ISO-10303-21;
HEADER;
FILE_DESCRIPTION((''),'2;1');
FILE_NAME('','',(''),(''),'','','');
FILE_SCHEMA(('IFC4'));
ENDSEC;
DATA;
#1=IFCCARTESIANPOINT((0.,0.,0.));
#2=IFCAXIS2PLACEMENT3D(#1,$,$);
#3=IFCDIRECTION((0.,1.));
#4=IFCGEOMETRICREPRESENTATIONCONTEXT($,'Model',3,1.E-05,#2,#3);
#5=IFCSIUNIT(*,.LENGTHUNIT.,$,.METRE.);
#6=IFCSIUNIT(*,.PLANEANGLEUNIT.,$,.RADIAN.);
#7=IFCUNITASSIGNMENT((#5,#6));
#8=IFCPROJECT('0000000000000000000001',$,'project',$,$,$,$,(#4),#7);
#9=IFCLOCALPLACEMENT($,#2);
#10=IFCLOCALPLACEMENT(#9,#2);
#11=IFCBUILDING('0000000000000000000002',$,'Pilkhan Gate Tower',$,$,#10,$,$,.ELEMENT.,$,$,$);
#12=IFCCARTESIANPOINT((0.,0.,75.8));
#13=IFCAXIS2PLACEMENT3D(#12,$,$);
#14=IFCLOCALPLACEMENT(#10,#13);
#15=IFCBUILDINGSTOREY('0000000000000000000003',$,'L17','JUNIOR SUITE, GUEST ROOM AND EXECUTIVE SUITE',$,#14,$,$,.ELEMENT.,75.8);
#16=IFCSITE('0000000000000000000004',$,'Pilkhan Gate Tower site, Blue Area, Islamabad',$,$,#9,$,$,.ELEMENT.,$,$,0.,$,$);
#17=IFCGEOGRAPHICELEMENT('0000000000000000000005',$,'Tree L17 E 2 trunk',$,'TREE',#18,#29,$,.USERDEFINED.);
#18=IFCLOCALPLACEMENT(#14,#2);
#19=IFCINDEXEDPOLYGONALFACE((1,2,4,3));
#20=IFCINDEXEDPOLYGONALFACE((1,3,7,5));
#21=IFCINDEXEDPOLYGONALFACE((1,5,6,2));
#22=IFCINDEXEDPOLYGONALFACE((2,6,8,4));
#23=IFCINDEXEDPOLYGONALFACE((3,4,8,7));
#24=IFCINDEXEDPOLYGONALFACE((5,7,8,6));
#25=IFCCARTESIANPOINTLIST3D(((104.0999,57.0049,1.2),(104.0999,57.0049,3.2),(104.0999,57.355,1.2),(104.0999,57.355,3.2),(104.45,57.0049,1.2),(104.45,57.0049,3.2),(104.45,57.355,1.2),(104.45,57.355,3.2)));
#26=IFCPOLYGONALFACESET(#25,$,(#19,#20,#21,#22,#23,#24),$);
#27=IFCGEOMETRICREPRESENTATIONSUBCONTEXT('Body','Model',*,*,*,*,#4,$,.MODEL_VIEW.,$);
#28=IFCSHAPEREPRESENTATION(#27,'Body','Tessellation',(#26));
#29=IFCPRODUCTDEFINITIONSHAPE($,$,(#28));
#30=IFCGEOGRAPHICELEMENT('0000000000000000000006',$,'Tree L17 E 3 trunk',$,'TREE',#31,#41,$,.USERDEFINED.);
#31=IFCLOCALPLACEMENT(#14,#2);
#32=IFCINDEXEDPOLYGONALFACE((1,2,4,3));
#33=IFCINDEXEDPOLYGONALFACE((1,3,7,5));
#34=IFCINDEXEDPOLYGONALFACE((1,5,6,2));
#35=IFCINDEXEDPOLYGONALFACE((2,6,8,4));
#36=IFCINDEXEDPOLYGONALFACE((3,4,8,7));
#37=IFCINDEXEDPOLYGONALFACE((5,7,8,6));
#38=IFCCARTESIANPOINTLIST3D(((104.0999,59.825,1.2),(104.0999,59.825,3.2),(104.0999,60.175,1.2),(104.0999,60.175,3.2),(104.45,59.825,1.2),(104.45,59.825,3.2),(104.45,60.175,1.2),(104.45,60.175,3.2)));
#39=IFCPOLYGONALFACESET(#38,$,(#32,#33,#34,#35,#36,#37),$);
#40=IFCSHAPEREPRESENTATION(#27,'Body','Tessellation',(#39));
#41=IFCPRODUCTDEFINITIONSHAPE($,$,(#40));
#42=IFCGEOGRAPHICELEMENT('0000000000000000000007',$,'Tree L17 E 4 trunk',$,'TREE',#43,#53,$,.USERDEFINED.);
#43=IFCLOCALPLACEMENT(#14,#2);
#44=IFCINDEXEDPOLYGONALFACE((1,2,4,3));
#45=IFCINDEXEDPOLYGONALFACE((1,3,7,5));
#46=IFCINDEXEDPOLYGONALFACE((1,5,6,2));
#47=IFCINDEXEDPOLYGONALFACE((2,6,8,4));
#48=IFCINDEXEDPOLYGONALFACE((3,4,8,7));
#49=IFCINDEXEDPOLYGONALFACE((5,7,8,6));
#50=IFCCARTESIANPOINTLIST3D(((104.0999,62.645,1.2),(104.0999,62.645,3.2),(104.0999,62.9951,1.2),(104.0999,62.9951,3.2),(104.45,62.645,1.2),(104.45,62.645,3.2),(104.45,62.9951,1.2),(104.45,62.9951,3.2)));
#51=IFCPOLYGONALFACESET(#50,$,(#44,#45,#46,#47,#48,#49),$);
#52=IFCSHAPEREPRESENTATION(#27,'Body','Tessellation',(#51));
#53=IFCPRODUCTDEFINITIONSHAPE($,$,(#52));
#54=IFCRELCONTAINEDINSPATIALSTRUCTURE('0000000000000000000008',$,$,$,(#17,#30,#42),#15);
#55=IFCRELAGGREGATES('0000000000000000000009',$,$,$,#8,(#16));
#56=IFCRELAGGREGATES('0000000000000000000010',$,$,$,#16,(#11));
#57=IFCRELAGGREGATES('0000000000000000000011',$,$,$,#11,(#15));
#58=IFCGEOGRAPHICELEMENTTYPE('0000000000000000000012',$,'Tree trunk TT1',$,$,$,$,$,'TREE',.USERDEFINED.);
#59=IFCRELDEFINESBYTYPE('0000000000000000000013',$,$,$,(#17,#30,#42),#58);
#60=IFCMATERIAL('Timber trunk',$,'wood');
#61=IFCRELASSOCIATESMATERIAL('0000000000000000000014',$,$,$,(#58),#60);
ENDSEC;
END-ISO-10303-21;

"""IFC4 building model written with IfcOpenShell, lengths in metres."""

from ifc_helpers import new_model, si_unit, direction, frame, origin, origin_2d, place, context, subcontext, project, spatial, rectangle, extrude, material, type_object, element, save


model = new_model("IFC4")

# Units and contexts
model_context = context("Model", 3, precision=1e-05, world=origin(), true_north=direction((0.0, 1.0)))
body_context = subcontext(model_context, "Body", "Model", "MODEL_VIEW")
ifc_project = project(units=[si_unit("LENGTHUNIT", "METRE"), si_unit("PLANEANGLEUNIT", "RADIAN")], contexts=[model_context])

# Site, building, storey
site_placement = place(None, origin())
site = spatial("IfcSite", under=ifc_project, at=site_placement, Name="Pilkhan Gate Tower site, Blue Area, Islamabad", CompositionType="ELEMENT", RefElevation=0.0)
building_placement = place(site_placement, origin())
building = spatial("IfcBuilding", under=site, at=building_placement, Name="Pilkhan Gate Tower", CompositionType="ELEMENT")
storey_placement = place(building_placement, frame((0.0, 0.0, 75.8)))
storey = spatial("IfcBuildingStorey", under=building, at=storey_placement, Name="L17", Description="JUNIOR SUITE, GUEST ROOM AND EXECUTIVE SUITE", CompositionType="ELEMENT", Elevation=75.8)

# Geographic elements
ifc_material_1 = material(Name="Timber trunk", Category="wood")
geographic_element_type_1 = type_object("IfcGeographicElementType", Name="Tree trunk TT1", ElementType="TREE", PredefinedType="USERDEFINED", material=ifc_material_1)
for number, where, z_axis, x_axis, name in (
    (1, (104.2749, 57.1799, 1.2), (0.0, 0.0, 1.0), (1.0, 0.0, 0.0), "Tree L17 E 2 trunk"),
    (2, (104.2749, 60.0, 1.2), (0.0, 0.0, 1.0), (1.0, 0.0, 0.0), "Tree L17 E 3 trunk"),
    (3, (104.2749, 62.8201, 1.2), (0.0, 0.0, 1.0), (1.0, 0.0, 0.0), "Tree L17 E 4 trunk"),
):
    element("IfcGeographicElement", number, at=place(storey_placement, frame(where, z_axis=z_axis, x_axis=x_axis)), inside=storey, type_object=geographic_element_type_1, Name=name, ObjectType="TREE", PredefinedType="USERDEFINED", context=body_context, shape_type="SweptSolid", body=[
        extrude(rectangle(XDim=0.3501, YDim=0.3501, at=origin_2d()), origin(), (0.0, 0.0, 1.0), 2.0),
    ])

save(model, "model.ifc")
